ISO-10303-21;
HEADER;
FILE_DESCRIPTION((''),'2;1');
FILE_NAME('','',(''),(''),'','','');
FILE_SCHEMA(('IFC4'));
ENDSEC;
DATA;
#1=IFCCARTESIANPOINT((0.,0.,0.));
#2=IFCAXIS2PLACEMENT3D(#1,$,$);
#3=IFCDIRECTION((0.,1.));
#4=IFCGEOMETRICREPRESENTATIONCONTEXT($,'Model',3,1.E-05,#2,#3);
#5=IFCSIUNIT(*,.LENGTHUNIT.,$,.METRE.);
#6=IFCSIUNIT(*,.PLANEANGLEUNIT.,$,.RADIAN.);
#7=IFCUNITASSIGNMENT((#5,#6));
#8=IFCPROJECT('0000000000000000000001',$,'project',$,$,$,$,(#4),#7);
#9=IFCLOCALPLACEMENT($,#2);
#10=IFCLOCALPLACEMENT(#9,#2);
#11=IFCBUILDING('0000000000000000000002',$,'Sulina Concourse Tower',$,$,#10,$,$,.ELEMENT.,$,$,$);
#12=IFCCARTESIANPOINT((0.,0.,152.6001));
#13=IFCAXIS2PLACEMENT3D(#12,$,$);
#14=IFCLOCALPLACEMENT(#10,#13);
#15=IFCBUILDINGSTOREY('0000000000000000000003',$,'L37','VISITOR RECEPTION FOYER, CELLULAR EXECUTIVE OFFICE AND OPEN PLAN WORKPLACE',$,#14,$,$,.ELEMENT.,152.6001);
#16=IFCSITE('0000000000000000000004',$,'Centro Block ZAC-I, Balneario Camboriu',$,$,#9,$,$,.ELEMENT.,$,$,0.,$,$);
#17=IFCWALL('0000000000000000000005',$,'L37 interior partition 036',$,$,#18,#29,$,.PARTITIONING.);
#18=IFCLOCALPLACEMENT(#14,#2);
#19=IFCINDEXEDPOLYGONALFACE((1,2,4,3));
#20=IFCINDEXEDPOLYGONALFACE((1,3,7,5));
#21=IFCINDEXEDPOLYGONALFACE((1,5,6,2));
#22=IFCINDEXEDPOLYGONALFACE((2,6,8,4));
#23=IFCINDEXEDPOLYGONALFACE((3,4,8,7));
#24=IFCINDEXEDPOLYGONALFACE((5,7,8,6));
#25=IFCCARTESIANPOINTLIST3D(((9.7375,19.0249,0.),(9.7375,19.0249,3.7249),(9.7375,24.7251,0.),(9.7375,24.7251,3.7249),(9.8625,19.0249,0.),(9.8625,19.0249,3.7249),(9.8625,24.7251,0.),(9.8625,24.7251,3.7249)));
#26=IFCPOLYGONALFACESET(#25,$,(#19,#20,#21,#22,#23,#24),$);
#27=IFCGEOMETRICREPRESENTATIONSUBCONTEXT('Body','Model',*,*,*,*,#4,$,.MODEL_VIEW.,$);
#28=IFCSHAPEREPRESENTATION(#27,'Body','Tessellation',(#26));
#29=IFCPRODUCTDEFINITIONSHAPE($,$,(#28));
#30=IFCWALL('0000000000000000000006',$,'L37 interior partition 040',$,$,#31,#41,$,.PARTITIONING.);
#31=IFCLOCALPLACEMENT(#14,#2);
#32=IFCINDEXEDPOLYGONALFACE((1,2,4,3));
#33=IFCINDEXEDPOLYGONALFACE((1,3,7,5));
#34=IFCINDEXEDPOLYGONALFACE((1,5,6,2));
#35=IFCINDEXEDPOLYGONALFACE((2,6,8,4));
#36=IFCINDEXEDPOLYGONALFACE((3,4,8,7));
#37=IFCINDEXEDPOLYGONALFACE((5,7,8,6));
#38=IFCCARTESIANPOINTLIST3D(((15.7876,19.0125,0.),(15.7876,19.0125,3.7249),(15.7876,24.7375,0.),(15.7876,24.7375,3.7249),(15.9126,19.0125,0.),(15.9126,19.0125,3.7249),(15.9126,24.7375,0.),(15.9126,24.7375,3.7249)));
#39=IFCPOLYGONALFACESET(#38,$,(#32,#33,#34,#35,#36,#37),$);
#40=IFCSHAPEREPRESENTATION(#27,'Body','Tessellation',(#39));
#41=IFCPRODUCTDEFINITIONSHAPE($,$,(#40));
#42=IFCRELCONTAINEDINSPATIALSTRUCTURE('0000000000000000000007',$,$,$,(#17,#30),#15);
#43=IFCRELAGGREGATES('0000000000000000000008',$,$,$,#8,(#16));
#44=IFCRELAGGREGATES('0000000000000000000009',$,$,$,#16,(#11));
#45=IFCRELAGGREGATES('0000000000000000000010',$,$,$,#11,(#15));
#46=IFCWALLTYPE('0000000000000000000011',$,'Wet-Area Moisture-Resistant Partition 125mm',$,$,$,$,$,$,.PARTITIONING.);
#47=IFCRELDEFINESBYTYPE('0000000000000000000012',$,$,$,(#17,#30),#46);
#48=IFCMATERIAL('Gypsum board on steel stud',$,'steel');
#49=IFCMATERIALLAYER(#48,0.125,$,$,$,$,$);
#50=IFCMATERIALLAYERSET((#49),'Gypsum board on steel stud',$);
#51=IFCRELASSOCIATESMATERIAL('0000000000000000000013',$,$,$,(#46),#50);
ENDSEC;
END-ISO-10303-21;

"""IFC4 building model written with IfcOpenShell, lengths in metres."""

from ifc_helpers import new_model, si_unit, direction, frame, frame_2d, origin, place, context, subcontext, project, spatial, rectangle, extrude, material, layer, layer_set, type_object, element, save


model = new_model("IFC4")

# Units and contexts
model_context = context("Model", 3, precision=1e-05, world=origin(), true_north=direction((0.0, 1.0)))
body_context = subcontext(model_context, "Body", "Model", "MODEL_VIEW")
ifc_project = project(units=[si_unit("LENGTHUNIT", "METRE"), si_unit("PLANEANGLEUNIT", "RADIAN")], contexts=[model_context])

# Site, building, storey
site_placement = place(None, origin())
site = spatial("IfcSite", under=ifc_project, at=site_placement, Name="Centro Block ZAC-I, Balneario Camboriu", CompositionType="ELEMENT", RefElevation=0.0)
building_placement = place(site_placement, origin())
building = spatial("IfcBuilding", under=site, at=building_placement, Name="Sulina Concourse Tower", CompositionType="ELEMENT")
storey_placement = place(building_placement, frame((0.0, 0.0, 152.6001)))
storey = spatial("IfcBuildingStorey", under=building, at=storey_placement, Name="L37", Description="VISITOR RECEPTION FOYER, CELLULAR EXECUTIVE OFFICE AND OPEN PLAN WORKPLACE", CompositionType="ELEMENT", Elevation=152.6001)

# Shared definitions
ifc_material_1 = material(Name="Gypsum board on steel stud", Category="steel")
ifc_layer_1 = layer(ifc_material_1, 0.125)
ifc_layer_set_1 = layer_set([ifc_layer_1], Name="Gypsum board on steel stud")
wall_type_1 = type_object("IfcWallType", Name="Wet-Area Moisture-Resistant Partition 125mm", PredefinedType="PARTITIONING", material=ifc_layer_set_1)

# Walls
wall_1_placement = place(storey_placement, frame((9.8, 19.0249, 0.0), z_axis=(0.0, 0.0, 1.0), x_axis=(0.0, 1.0, 0.0)))
element("IfcWall", 1, at=wall_1_placement, inside=storey, type_object=wall_type_1, Name="L37 interior partition 036", PredefinedType="PARTITIONING", context=body_context, shape_type="SweptSolid", body=[
    extrude(rectangle(XDim=5.7002, YDim=0.125, at=frame_2d((2.8501, 0.0))), origin(), (0.0, 0.0, 1.0), 3.7249),
])
wall_2_placement = place(storey_placement, frame((15.8501, 19.0125, 0.0), z_axis=(0.0, 0.0, 1.0), x_axis=(0.0, 1.0, 0.0)))
element("IfcWall", 2, at=wall_2_placement, inside=storey, type_object=wall_type_1, Name="L37 interior partition 040", PredefinedType="PARTITIONING", context=body_context, shape_type="SweptSolid", body=[
    extrude(rectangle(XDim=5.7251, YDim=0.125, at=frame_2d((2.8625, 0.0))), origin(), (0.0, 0.0, 1.0), 3.7249),
])

save(model, "model.ifc")
